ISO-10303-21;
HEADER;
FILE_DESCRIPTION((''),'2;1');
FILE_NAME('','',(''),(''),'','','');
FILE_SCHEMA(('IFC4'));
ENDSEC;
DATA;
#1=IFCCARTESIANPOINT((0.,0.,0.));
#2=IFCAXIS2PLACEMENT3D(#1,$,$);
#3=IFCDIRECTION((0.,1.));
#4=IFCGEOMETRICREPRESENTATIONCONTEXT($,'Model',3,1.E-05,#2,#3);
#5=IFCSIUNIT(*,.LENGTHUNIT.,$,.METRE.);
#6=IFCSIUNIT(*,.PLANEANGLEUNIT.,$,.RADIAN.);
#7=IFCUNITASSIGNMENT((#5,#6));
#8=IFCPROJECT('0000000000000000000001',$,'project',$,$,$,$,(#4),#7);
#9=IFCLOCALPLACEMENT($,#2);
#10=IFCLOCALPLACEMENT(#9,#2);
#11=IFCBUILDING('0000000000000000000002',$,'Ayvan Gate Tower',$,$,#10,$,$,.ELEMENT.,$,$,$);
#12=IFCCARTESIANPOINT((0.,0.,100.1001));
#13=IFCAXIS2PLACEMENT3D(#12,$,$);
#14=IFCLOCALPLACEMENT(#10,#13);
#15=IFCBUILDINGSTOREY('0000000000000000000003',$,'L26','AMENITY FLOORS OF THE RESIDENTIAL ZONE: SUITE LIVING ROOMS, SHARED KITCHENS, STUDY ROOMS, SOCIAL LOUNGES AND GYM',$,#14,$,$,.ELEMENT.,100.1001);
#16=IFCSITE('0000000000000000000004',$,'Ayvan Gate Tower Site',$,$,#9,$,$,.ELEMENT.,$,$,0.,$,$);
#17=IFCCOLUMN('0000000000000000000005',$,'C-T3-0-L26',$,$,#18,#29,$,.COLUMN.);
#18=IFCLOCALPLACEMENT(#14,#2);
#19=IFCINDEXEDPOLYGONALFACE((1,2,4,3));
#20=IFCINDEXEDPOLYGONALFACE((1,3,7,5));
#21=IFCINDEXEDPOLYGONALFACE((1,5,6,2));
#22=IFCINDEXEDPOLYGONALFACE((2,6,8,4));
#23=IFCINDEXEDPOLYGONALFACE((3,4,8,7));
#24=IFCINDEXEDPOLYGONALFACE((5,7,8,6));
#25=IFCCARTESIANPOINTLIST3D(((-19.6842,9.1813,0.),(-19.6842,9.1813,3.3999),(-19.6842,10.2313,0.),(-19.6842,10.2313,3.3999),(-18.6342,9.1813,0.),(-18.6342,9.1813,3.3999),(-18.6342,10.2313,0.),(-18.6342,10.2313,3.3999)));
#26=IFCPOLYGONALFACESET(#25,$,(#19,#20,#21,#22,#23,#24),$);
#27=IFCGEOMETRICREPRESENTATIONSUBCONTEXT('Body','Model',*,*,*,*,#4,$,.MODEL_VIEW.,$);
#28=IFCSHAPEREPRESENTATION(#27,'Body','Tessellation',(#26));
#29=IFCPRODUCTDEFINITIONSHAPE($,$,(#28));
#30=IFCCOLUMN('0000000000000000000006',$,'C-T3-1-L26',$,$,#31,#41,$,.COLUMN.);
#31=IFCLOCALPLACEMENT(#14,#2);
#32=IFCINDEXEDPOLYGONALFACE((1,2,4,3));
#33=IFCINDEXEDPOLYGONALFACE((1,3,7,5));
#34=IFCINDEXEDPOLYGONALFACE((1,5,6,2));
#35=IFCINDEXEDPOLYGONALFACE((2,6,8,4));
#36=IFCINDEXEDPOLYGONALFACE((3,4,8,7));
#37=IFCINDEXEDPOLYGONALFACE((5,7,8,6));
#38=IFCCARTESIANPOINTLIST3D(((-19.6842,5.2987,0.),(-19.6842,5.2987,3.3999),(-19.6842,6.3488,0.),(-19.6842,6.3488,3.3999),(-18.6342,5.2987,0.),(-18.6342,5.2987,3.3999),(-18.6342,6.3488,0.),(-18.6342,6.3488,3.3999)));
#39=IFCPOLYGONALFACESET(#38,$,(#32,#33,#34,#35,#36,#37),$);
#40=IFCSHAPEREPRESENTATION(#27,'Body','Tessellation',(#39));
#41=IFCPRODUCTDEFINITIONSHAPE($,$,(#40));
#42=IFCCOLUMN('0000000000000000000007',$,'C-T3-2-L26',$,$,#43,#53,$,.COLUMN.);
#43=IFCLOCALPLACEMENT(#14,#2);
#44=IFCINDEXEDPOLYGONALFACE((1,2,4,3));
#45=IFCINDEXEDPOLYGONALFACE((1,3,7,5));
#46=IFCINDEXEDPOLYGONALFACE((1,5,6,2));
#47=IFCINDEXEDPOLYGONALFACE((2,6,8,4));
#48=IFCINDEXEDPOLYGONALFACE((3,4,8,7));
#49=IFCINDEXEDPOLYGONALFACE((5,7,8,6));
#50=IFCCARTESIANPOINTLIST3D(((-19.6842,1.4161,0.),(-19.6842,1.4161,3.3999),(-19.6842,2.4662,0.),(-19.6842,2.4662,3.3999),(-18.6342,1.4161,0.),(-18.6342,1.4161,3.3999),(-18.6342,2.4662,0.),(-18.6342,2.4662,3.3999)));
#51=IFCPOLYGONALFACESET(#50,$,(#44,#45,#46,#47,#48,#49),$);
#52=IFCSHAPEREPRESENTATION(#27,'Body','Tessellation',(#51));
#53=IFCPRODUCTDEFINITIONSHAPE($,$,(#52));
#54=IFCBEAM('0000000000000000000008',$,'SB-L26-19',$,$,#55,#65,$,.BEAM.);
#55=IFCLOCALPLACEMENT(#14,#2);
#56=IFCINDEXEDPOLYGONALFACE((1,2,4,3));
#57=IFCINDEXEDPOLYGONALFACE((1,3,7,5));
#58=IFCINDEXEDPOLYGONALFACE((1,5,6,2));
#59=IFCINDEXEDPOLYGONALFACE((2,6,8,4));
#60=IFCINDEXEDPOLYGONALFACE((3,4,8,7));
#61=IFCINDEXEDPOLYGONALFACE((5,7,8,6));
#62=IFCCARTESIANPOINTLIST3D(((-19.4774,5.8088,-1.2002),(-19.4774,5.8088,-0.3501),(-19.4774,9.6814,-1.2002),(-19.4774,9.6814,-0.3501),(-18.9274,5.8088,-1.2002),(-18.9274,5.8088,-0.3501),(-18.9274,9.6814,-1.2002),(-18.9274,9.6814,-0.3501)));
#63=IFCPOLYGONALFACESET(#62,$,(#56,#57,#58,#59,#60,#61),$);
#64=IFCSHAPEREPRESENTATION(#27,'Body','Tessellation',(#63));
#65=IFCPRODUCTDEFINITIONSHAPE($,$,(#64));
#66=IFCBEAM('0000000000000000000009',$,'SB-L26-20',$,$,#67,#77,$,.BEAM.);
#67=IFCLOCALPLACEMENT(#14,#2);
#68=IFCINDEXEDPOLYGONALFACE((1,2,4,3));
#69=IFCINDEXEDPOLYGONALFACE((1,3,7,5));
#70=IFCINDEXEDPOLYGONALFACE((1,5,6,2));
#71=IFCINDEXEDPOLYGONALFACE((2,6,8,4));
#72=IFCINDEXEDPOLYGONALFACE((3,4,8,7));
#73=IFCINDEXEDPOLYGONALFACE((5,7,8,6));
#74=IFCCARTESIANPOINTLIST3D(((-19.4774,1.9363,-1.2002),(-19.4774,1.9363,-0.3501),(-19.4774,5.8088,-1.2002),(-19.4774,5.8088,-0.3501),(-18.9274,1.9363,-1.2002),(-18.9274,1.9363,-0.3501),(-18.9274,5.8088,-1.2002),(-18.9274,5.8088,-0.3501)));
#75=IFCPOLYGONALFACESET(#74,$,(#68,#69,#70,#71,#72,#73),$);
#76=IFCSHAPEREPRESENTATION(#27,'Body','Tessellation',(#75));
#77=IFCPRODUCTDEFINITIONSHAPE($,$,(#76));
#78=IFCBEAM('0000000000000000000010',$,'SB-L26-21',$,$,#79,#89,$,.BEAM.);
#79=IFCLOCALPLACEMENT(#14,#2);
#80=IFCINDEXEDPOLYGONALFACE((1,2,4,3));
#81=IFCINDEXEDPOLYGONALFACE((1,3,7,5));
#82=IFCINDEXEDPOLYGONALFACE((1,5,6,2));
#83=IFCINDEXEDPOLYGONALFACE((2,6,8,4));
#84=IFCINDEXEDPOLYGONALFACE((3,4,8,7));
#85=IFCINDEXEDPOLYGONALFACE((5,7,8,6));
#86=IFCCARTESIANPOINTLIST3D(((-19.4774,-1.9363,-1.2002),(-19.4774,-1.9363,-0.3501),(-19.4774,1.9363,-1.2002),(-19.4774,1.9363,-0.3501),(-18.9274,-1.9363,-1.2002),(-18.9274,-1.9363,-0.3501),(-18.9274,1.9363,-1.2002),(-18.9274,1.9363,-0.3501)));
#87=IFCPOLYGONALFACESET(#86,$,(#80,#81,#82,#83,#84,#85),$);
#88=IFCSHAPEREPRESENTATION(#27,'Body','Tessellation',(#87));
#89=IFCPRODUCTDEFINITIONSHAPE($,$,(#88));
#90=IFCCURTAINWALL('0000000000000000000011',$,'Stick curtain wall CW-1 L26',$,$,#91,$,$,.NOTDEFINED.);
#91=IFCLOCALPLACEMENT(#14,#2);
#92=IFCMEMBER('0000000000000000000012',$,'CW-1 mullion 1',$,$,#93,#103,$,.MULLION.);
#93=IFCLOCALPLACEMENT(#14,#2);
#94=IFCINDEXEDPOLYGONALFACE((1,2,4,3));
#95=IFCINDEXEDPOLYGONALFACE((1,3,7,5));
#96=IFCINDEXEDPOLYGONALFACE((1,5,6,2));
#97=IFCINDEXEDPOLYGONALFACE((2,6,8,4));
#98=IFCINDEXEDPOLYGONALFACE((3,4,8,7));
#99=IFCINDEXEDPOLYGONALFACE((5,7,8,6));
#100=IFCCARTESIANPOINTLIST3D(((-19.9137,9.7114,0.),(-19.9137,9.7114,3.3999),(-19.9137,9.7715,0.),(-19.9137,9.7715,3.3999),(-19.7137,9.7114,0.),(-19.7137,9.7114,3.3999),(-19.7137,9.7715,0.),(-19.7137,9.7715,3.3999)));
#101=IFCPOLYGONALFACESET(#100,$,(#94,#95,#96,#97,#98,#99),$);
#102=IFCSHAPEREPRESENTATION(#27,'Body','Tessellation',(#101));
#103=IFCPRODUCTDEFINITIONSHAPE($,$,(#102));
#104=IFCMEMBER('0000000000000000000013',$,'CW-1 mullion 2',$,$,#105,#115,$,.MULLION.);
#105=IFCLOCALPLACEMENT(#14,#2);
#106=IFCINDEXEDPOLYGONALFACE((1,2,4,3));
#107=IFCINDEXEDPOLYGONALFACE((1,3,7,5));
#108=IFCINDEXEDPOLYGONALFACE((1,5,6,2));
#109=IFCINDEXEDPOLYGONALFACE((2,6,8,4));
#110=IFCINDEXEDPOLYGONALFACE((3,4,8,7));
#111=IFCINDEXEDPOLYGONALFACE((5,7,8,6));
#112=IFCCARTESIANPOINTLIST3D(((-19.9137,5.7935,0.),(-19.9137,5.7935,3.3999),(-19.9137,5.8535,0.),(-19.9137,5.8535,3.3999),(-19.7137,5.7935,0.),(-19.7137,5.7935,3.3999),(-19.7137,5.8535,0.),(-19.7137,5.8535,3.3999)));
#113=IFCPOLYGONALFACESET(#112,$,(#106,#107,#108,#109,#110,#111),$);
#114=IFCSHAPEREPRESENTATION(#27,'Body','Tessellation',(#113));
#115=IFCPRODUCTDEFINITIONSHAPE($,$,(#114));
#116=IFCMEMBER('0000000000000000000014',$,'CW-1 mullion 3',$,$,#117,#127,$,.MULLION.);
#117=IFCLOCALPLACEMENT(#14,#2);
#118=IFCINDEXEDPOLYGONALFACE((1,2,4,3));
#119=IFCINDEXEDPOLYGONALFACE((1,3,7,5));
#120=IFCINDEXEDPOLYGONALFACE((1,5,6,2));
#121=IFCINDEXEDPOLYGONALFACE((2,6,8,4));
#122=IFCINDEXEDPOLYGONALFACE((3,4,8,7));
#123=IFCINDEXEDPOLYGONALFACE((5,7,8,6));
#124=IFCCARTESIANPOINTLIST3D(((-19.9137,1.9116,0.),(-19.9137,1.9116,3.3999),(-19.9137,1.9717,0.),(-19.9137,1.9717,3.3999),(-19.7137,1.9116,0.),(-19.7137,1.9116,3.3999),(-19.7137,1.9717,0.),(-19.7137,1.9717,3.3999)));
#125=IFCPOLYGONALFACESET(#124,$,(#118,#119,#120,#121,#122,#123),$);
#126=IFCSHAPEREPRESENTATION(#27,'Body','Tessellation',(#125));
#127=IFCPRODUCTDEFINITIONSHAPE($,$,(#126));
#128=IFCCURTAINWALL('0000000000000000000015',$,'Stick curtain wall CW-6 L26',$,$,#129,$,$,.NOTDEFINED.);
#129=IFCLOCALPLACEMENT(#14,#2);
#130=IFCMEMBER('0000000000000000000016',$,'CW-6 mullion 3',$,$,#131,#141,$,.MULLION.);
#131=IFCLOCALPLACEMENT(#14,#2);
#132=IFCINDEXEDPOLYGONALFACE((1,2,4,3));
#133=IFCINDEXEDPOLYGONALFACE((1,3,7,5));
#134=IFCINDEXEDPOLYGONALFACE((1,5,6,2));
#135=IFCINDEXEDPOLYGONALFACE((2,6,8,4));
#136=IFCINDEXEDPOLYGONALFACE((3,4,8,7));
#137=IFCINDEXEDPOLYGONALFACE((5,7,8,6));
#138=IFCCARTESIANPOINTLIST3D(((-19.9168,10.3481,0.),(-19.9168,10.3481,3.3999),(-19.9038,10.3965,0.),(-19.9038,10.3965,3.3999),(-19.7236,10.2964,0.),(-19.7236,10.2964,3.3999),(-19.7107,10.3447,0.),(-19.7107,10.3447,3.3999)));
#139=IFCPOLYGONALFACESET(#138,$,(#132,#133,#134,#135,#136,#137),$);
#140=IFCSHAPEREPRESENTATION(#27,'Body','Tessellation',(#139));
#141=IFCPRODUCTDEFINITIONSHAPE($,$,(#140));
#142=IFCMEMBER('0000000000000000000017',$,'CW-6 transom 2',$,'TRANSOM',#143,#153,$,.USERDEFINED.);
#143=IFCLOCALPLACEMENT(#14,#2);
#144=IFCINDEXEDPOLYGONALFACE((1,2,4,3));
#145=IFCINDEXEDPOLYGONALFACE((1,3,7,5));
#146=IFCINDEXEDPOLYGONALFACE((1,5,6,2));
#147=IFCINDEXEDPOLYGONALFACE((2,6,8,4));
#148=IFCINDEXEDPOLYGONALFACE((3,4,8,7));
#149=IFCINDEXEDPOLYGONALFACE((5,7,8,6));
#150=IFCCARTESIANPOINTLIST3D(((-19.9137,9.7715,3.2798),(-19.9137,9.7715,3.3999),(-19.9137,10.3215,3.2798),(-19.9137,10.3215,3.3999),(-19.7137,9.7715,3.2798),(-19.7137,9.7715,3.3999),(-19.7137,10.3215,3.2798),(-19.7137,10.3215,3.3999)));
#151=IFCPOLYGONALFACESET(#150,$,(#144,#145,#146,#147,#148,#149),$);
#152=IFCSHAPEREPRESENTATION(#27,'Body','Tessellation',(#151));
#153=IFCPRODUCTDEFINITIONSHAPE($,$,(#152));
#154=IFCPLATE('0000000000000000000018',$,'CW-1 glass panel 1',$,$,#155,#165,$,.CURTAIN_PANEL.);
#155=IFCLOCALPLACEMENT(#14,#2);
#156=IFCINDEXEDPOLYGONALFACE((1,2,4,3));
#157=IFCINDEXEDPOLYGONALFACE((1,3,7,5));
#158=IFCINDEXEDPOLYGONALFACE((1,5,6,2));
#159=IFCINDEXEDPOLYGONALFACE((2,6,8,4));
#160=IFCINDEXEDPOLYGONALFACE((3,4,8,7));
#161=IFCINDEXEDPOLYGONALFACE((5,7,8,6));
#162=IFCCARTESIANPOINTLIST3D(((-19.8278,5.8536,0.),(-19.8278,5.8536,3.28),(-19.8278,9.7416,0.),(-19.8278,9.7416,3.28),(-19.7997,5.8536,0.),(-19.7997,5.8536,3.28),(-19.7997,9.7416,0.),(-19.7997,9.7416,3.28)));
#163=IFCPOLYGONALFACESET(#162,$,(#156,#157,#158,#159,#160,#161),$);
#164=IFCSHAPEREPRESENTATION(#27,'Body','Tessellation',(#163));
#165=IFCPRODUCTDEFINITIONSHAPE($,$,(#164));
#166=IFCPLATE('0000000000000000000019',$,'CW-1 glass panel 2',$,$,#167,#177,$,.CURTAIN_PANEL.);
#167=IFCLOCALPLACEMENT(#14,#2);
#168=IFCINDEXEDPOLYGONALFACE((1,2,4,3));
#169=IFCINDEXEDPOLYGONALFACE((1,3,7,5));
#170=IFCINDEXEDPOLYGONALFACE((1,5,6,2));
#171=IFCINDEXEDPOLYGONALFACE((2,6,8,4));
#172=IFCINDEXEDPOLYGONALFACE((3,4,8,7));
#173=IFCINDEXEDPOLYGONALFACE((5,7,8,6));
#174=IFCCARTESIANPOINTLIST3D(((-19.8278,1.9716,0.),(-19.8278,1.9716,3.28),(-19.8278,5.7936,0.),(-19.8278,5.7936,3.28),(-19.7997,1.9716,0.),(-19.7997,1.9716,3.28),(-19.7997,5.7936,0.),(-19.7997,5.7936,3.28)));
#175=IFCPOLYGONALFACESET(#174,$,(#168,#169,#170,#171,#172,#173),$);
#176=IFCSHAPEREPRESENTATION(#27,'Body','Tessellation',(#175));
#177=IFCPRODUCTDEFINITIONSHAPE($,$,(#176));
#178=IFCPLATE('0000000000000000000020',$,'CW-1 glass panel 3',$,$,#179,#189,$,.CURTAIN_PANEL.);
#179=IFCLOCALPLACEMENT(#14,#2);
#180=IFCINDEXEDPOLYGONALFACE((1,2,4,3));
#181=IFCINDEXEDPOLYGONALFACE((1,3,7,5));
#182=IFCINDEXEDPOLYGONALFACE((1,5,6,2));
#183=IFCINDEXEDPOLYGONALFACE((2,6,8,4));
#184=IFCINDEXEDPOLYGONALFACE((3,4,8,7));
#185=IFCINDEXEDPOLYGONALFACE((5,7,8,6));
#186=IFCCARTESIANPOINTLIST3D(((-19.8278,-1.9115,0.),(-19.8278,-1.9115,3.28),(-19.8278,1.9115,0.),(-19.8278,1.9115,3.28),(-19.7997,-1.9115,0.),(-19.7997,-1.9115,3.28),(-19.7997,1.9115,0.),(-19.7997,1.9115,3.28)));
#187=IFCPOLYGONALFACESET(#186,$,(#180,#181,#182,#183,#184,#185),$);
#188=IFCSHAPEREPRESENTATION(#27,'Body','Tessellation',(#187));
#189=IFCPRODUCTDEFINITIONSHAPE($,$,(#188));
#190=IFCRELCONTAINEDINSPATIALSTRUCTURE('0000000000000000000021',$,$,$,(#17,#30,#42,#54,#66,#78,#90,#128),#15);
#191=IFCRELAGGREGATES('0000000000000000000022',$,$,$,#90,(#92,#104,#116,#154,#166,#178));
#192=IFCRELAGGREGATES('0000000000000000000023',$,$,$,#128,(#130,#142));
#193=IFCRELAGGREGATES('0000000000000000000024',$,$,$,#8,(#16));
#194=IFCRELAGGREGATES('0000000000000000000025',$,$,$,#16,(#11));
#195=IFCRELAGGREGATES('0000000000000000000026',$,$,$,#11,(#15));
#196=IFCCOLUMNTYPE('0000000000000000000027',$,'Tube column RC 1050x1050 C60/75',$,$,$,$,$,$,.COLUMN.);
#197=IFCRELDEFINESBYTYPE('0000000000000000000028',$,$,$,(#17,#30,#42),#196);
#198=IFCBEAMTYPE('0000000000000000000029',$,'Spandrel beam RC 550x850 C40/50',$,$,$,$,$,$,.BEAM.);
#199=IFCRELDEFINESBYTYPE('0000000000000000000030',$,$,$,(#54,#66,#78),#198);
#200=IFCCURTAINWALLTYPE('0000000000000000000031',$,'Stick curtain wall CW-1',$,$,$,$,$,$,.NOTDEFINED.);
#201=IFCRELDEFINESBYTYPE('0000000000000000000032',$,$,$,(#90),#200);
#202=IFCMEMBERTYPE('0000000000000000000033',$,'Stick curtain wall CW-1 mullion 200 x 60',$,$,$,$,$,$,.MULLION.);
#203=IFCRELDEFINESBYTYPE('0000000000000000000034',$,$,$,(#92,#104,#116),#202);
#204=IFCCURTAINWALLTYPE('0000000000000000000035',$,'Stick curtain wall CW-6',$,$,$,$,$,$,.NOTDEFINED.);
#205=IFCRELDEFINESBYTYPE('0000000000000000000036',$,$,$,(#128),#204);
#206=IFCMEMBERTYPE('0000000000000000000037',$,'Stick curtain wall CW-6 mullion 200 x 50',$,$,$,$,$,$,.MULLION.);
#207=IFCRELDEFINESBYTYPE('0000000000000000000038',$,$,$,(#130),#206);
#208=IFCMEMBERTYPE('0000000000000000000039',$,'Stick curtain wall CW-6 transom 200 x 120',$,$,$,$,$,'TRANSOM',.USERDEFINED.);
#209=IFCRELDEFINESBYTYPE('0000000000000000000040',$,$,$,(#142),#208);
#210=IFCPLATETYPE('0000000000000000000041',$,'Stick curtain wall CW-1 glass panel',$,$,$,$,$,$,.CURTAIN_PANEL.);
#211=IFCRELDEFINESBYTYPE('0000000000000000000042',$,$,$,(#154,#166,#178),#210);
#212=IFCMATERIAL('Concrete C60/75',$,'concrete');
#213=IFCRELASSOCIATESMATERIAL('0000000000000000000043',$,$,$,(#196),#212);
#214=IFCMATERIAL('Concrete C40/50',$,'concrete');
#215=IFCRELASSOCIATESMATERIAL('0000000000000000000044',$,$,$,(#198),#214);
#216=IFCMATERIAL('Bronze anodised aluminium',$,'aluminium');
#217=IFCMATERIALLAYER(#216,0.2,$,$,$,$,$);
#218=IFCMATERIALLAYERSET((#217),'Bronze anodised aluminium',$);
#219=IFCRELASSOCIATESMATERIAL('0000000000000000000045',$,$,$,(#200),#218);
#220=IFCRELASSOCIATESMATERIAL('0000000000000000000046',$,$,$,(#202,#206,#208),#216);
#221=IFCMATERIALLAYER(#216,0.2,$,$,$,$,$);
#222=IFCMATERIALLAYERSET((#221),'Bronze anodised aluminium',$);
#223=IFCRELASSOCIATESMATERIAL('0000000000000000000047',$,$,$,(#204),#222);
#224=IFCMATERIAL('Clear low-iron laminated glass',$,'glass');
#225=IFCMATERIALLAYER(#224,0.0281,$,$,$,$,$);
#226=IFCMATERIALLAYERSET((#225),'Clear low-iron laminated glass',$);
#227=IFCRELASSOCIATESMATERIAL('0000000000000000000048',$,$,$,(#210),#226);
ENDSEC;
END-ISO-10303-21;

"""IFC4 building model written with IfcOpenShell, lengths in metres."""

from ifc_helpers import new_model, si_unit, direction, frame, origin, origin_2d, place, context, subcontext, project, spatial, rectangle, extrude, material, layer, layer_set, material_profile, profile_set, type_object, element, aggregate, save


model = new_model("IFC4")

# Units and contexts
model_context = context("Model", 3, precision=1e-05, world=origin(), true_north=direction((0.0, 1.0)))
body_context = subcontext(model_context, "Body", "Model", "MODEL_VIEW")
ifc_project = project(units=[si_unit("LENGTHUNIT", "METRE"), si_unit("PLANEANGLEUNIT", "RADIAN")], contexts=[model_context])

# Site, building, storey
site_placement = place(None, origin())
site = spatial("IfcSite", under=ifc_project, at=site_placement, Name="Ayvan Gate Tower Site", CompositionType="ELEMENT", RefElevation=0.0)
building_placement = place(site_placement, origin())
building = spatial("IfcBuilding", under=site, at=building_placement, Name="Ayvan Gate Tower", CompositionType="ELEMENT")
storey_placement = place(building_placement, frame((0.0, 0.0, 100.1001)))
storey = spatial("IfcBuildingStorey", under=building, at=storey_placement, Name="L26", Description="AMENITY FLOORS OF THE RESIDENTIAL ZONE: SUITE LIVING ROOMS, SHARED KITCHENS, STUDY ROOMS, SOCIAL LOUNGES AND GYM", CompositionType="ELEMENT", Elevation=100.1001)

# Columns
ifc_material_1 = material(Name="Concrete C60/75", Category="concrete")
ifc_material_profile_1 = material_profile(ifc_material_1, rectangle(XDim=1.05, YDim=1.05, at=origin_2d()), Name="RC 1050x1050")
ifc_profile_set_1 = profile_set([ifc_material_profile_1], Name="Concrete C60/75")
column_type = type_object("IfcColumnType", Name="Tube column RC 1050x1050 C60/75", PredefinedType="COLUMN", material=ifc_profile_set_1)
for number, where, z_axis, x_axis, name in (
    (1, (-19.1592, 9.7063, 0.0), (0.0, 0.0, 1.0), (-1.0, 0.0, 0.0), "C-T3-0-L26"),
    (2, (-19.1592, 5.8237, 0.0), (0.0, 0.0, 1.0), (-1.0, 0.0, 0.0), "C-T3-1-L26"),
    (3, (-19.1592, 1.9412, 0.0), (0.0, 0.0, 1.0), (-1.0, 0.0, 0.0), "C-T3-2-L26"),
):
    element("IfcColumn", number, at=place(storey_placement, frame(where, z_axis=z_axis, x_axis=x_axis)), inside=storey, type_object=column_type, Name=name, PredefinedType="COLUMN", context=body_context, shape_type="SweptSolid", body=[
        extrude(rectangle(XDim=1.05, YDim=1.05, at=origin_2d()), origin(), (0.0, 0.0, 1.0), 3.3999),
    ])

# Beams
ifc_material_2 = material(Name="Concrete C40/50", Category="concrete")
ifc_material_profile_2 = material_profile(ifc_material_2, rectangle(XDim=0.55, YDim=0.8501, at=origin_2d()), Name="RC 550x850")
ifc_profile_set_2 = profile_set([ifc_material_profile_2], Name="Concrete C40/50")
beam_type = type_object("IfcBeamType", Name="Spandrel beam RC 550x850 C40/50", PredefinedType="BEAM", material=ifc_profile_set_2)
for number, where, z_axis, x_axis, name in (
    (4, (-19.2024, 9.6814, -0.7751), (0.0, -1.0, 0.0), (1.0, 0.0, 0.0), "SB-L26-19"),
    (5, (-19.2024, 5.8088, -0.7751), (0.0, -1.0, 0.0), (1.0, 0.0, 0.0), "SB-L26-20"),
    (6, (-19.2024, 1.9363, -0.7751), (0.0, -1.0, 0.0), (1.0, 0.0, 0.0), "SB-L26-21"),
):
    element("IfcBeam", number, at=place(storey_placement, frame(where, z_axis=z_axis, x_axis=x_axis)), inside=storey, type_object=beam_type, Name=name, PredefinedType="BEAM", context=body_context, shape_type="SweptSolid", body=[
        extrude(rectangle(XDim=0.55, YDim=0.8501, at=origin_2d()), origin(), (0.0, 0.0, 1.0), 3.8726),
    ])

# Curtain walls, members
ifc_material_3 = material(Name="Bronze anodised aluminium", Category="aluminium")
ifc_layer_1 = layer(ifc_material_3, 0.2)
ifc_layer_set_1 = layer_set([ifc_layer_1], Name="Bronze anodised aluminium")
curtain_wall_type_1 = type_object("IfcCurtainWallType", Name="Stick curtain wall CW-1", PredefinedType="NOTDEFINED", material=ifc_layer_set_1)
curtain_wall_1_placement = place(storey_placement, origin())
curtain_wall_1 = element("IfcCurtainWall", 7, at=curtain_wall_1_placement, inside=storey, type_object=curtain_wall_type_1, Name="Stick curtain wall CW-1 L26", PredefinedType="NOTDEFINED")
ifc_material_profile_3 = material_profile(ifc_material_3, rectangle(XDim=0.2, YDim=0.0601, at=origin_2d()), Name="Stick curtain wall CW-1 mullion 200 x 60")
ifc_profile_set_3 = profile_set([ifc_material_profile_3], Name="Bronze anodised aluminium")
member_type_1 = type_object("IfcMemberType", Name="Stick curtain wall CW-1 mullion 200 x 60", PredefinedType="MULLION", material=ifc_profile_set_3)
member_1_placement = place(storey_placement, frame((-19.8137, 9.7415, 0.0), z_axis=(0.0, 0.0, 1.0), x_axis=(-1.0, 0.0, 0.0)))
member_1 = element("IfcMember", 8, at=member_1_placement, type_object=member_type_1, Name="CW-1 mullion 1", PredefinedType="MULLION", context=body_context, shape_type="SweptSolid", body=[
    extrude(rectangle(XDim=0.2, YDim=0.0601, at=origin_2d()), origin(), (0.0, 0.0, 1.0), 3.3999),
])
member_2_placement = place(storey_placement, frame((-19.8137, 5.8235, 0.0), z_axis=(0.0, 0.0, 1.0), x_axis=(-1.0, 0.0, 0.0)))
member_2 = element("IfcMember", 9, at=member_2_placement, type_object=member_type_1, Name="CW-1 mullion 2", PredefinedType="MULLION", context=body_context, shape_type="SweptSolid", body=[
    extrude(rectangle(XDim=0.2, YDim=0.0601, at=origin_2d()), origin(), (0.0, 0.0, 1.0), 3.3999),
])
member_3_placement = place(storey_placement, frame((-19.8137, 1.9417, 0.0), z_axis=(0.0, 0.0, 1.0), x_axis=(-1.0, 0.0, 0.0)))
member_3 = element("IfcMember", 10, at=member_3_placement, type_object=member_type_1, Name="CW-1 mullion 3", PredefinedType="MULLION", context=body_context, shape_type="SweptSolid", body=[
    extrude(rectangle(XDim=0.2, YDim=0.0601, at=origin_2d()), origin(), (0.0, 0.0, 1.0), 3.3999),
])
ifc_layer_2 = layer(ifc_material_3, 0.2)
ifc_layer_set_2 = layer_set([ifc_layer_2], Name="Bronze anodised aluminium")
curtain_wall_type_2 = type_object("IfcCurtainWallType", Name="Stick curtain wall CW-6", PredefinedType="NOTDEFINED", material=ifc_layer_set_2)
curtain_wall_2_placement = place(storey_placement, origin())
curtain_wall_2 = element("IfcCurtainWall", 11, at=curtain_wall_2_placement, inside=storey, type_object=curtain_wall_type_2, Name="Stick curtain wall CW-6 L26", PredefinedType="NOTDEFINED")
ifc_material_profile_4 = material_profile(ifc_material_3, rectangle(XDim=0.2, YDim=0.05, at=origin_2d()), Name="Stick curtain wall CW-6 mullion 200 x 50")
ifc_profile_set_4 = profile_set([ifc_material_profile_4], Name="Bronze anodised aluminium")
member_type_2 = type_object("IfcMemberType", Name="Stick curtain wall CW-6 mullion 200 x 50", PredefinedType="MULLION", material=ifc_profile_set_4)
member_4_placement = place(storey_placement, frame((-19.8137, 10.3464, 0.0), z_axis=(0.0, 0.0, 1.0), x_axis=(-0.965926, 0.258819, 0.0)))
member_4 = element("IfcMember", 12, at=member_4_placement, type_object=member_type_2, Name="CW-6 mullion 3", PredefinedType="MULLION", context=body_context, shape_type="SweptSolid", body=[
    extrude(rectangle(XDim=0.2, YDim=0.05, at=origin_2d()), origin(), (0.0, 0.0, 1.0), 3.3999),
])
ifc_material_profile_5 = material_profile(ifc_material_3, rectangle(XDim=0.2, YDim=0.1201, at=origin_2d()), Name="Stick curtain wall CW-6 transom 200 x 120")
ifc_profile_set_5 = profile_set([ifc_material_profile_5], Name="Bronze anodised aluminium")
member_type_3 = type_object("IfcMemberType", Name="Stick curtain wall CW-6 transom 200 x 120", ElementType="TRANSOM", PredefinedType="USERDEFINED", material=ifc_profile_set_5)
member_5_placement = place(storey_placement, frame((-19.8137, 10.3215, 3.3398), z_axis=(0.0, -1.0, 0.0), x_axis=(1.0, 0.0, 0.0)))
member_5 = element("IfcMember", 13, at=member_5_placement, type_object=member_type_3, Name="CW-6 transom 2", ObjectType="TRANSOM", PredefinedType="USERDEFINED", context=body_context, shape_type="SweptSolid", body=[
    extrude(rectangle(XDim=0.2, YDim=0.1201, at=origin_2d()), origin(), (0.0, 0.0, 1.0), 0.55),
])

# Plates
ifc_material_4 = material(Name="Clear low-iron laminated glass", Category="glass")
ifc_layer_3 = layer(ifc_material_4, 0.0281)
ifc_layer_set_3 = layer_set([ifc_layer_3], Name="Clear low-iron laminated glass")
plate_type_1 = type_object("IfcPlateType", Name="Stick curtain wall CW-1 glass panel", PredefinedType="CURTAIN_PANEL", material=ifc_layer_set_3)
plate_1_placement = place(storey_placement, frame((-19.8137, 7.7976, 0.0), z_axis=(0.0, 0.0, 1.0), x_axis=(0.0, -1.0, 0.0)))
plate_1 = element("IfcPlate", 14, at=plate_1_placement, type_object=plate_type_1, Name="CW-1 glass panel 1", PredefinedType="CURTAIN_PANEL", context=body_context, shape_type="SweptSolid", body=[
    extrude(rectangle(XDim=3.8879, YDim=0.0281, at=origin_2d()), origin(), (0.0, 0.0, 1.0), 3.28),
])
plate_2_placement = place(storey_placement, frame((-19.8137, 3.8826, 0.0), z_axis=(0.0, 0.0, 1.0), x_axis=(0.0, -1.0, 0.0)))
plate_2 = element("IfcPlate", 15, at=plate_2_placement, type_object=plate_type_1, Name="CW-1 glass panel 2", PredefinedType="CURTAIN_PANEL", context=body_context, shape_type="SweptSolid", body=[
    extrude(rectangle(XDim=3.822, YDim=0.0281, at=origin_2d()), origin(), (0.0, 0.0, 1.0), 3.28),
])
plate_3_placement = place(storey_placement, frame((-19.8137, 0.0, 0.0), z_axis=(0.0, 0.0, 1.0), x_axis=(0.0, -1.0, 0.0)))
plate_3 = element("IfcPlate", 16, at=plate_3_placement, type_object=plate_type_1, Name="CW-1 glass panel 3", PredefinedType="CURTAIN_PANEL", context=body_context, shape_type="SweptSolid", body=[
    extrude(rectangle(XDim=3.823, YDim=0.0281, at=origin_2d()), origin(), (0.0, 0.0, 1.0), 3.28),
])
aggregate(curtain_wall_1, [member_1, member_2, member_3, plate_1, plate_2, plate_3])
aggregate(curtain_wall_2, [member_4, member_5])

save(model, "model.ifc")
